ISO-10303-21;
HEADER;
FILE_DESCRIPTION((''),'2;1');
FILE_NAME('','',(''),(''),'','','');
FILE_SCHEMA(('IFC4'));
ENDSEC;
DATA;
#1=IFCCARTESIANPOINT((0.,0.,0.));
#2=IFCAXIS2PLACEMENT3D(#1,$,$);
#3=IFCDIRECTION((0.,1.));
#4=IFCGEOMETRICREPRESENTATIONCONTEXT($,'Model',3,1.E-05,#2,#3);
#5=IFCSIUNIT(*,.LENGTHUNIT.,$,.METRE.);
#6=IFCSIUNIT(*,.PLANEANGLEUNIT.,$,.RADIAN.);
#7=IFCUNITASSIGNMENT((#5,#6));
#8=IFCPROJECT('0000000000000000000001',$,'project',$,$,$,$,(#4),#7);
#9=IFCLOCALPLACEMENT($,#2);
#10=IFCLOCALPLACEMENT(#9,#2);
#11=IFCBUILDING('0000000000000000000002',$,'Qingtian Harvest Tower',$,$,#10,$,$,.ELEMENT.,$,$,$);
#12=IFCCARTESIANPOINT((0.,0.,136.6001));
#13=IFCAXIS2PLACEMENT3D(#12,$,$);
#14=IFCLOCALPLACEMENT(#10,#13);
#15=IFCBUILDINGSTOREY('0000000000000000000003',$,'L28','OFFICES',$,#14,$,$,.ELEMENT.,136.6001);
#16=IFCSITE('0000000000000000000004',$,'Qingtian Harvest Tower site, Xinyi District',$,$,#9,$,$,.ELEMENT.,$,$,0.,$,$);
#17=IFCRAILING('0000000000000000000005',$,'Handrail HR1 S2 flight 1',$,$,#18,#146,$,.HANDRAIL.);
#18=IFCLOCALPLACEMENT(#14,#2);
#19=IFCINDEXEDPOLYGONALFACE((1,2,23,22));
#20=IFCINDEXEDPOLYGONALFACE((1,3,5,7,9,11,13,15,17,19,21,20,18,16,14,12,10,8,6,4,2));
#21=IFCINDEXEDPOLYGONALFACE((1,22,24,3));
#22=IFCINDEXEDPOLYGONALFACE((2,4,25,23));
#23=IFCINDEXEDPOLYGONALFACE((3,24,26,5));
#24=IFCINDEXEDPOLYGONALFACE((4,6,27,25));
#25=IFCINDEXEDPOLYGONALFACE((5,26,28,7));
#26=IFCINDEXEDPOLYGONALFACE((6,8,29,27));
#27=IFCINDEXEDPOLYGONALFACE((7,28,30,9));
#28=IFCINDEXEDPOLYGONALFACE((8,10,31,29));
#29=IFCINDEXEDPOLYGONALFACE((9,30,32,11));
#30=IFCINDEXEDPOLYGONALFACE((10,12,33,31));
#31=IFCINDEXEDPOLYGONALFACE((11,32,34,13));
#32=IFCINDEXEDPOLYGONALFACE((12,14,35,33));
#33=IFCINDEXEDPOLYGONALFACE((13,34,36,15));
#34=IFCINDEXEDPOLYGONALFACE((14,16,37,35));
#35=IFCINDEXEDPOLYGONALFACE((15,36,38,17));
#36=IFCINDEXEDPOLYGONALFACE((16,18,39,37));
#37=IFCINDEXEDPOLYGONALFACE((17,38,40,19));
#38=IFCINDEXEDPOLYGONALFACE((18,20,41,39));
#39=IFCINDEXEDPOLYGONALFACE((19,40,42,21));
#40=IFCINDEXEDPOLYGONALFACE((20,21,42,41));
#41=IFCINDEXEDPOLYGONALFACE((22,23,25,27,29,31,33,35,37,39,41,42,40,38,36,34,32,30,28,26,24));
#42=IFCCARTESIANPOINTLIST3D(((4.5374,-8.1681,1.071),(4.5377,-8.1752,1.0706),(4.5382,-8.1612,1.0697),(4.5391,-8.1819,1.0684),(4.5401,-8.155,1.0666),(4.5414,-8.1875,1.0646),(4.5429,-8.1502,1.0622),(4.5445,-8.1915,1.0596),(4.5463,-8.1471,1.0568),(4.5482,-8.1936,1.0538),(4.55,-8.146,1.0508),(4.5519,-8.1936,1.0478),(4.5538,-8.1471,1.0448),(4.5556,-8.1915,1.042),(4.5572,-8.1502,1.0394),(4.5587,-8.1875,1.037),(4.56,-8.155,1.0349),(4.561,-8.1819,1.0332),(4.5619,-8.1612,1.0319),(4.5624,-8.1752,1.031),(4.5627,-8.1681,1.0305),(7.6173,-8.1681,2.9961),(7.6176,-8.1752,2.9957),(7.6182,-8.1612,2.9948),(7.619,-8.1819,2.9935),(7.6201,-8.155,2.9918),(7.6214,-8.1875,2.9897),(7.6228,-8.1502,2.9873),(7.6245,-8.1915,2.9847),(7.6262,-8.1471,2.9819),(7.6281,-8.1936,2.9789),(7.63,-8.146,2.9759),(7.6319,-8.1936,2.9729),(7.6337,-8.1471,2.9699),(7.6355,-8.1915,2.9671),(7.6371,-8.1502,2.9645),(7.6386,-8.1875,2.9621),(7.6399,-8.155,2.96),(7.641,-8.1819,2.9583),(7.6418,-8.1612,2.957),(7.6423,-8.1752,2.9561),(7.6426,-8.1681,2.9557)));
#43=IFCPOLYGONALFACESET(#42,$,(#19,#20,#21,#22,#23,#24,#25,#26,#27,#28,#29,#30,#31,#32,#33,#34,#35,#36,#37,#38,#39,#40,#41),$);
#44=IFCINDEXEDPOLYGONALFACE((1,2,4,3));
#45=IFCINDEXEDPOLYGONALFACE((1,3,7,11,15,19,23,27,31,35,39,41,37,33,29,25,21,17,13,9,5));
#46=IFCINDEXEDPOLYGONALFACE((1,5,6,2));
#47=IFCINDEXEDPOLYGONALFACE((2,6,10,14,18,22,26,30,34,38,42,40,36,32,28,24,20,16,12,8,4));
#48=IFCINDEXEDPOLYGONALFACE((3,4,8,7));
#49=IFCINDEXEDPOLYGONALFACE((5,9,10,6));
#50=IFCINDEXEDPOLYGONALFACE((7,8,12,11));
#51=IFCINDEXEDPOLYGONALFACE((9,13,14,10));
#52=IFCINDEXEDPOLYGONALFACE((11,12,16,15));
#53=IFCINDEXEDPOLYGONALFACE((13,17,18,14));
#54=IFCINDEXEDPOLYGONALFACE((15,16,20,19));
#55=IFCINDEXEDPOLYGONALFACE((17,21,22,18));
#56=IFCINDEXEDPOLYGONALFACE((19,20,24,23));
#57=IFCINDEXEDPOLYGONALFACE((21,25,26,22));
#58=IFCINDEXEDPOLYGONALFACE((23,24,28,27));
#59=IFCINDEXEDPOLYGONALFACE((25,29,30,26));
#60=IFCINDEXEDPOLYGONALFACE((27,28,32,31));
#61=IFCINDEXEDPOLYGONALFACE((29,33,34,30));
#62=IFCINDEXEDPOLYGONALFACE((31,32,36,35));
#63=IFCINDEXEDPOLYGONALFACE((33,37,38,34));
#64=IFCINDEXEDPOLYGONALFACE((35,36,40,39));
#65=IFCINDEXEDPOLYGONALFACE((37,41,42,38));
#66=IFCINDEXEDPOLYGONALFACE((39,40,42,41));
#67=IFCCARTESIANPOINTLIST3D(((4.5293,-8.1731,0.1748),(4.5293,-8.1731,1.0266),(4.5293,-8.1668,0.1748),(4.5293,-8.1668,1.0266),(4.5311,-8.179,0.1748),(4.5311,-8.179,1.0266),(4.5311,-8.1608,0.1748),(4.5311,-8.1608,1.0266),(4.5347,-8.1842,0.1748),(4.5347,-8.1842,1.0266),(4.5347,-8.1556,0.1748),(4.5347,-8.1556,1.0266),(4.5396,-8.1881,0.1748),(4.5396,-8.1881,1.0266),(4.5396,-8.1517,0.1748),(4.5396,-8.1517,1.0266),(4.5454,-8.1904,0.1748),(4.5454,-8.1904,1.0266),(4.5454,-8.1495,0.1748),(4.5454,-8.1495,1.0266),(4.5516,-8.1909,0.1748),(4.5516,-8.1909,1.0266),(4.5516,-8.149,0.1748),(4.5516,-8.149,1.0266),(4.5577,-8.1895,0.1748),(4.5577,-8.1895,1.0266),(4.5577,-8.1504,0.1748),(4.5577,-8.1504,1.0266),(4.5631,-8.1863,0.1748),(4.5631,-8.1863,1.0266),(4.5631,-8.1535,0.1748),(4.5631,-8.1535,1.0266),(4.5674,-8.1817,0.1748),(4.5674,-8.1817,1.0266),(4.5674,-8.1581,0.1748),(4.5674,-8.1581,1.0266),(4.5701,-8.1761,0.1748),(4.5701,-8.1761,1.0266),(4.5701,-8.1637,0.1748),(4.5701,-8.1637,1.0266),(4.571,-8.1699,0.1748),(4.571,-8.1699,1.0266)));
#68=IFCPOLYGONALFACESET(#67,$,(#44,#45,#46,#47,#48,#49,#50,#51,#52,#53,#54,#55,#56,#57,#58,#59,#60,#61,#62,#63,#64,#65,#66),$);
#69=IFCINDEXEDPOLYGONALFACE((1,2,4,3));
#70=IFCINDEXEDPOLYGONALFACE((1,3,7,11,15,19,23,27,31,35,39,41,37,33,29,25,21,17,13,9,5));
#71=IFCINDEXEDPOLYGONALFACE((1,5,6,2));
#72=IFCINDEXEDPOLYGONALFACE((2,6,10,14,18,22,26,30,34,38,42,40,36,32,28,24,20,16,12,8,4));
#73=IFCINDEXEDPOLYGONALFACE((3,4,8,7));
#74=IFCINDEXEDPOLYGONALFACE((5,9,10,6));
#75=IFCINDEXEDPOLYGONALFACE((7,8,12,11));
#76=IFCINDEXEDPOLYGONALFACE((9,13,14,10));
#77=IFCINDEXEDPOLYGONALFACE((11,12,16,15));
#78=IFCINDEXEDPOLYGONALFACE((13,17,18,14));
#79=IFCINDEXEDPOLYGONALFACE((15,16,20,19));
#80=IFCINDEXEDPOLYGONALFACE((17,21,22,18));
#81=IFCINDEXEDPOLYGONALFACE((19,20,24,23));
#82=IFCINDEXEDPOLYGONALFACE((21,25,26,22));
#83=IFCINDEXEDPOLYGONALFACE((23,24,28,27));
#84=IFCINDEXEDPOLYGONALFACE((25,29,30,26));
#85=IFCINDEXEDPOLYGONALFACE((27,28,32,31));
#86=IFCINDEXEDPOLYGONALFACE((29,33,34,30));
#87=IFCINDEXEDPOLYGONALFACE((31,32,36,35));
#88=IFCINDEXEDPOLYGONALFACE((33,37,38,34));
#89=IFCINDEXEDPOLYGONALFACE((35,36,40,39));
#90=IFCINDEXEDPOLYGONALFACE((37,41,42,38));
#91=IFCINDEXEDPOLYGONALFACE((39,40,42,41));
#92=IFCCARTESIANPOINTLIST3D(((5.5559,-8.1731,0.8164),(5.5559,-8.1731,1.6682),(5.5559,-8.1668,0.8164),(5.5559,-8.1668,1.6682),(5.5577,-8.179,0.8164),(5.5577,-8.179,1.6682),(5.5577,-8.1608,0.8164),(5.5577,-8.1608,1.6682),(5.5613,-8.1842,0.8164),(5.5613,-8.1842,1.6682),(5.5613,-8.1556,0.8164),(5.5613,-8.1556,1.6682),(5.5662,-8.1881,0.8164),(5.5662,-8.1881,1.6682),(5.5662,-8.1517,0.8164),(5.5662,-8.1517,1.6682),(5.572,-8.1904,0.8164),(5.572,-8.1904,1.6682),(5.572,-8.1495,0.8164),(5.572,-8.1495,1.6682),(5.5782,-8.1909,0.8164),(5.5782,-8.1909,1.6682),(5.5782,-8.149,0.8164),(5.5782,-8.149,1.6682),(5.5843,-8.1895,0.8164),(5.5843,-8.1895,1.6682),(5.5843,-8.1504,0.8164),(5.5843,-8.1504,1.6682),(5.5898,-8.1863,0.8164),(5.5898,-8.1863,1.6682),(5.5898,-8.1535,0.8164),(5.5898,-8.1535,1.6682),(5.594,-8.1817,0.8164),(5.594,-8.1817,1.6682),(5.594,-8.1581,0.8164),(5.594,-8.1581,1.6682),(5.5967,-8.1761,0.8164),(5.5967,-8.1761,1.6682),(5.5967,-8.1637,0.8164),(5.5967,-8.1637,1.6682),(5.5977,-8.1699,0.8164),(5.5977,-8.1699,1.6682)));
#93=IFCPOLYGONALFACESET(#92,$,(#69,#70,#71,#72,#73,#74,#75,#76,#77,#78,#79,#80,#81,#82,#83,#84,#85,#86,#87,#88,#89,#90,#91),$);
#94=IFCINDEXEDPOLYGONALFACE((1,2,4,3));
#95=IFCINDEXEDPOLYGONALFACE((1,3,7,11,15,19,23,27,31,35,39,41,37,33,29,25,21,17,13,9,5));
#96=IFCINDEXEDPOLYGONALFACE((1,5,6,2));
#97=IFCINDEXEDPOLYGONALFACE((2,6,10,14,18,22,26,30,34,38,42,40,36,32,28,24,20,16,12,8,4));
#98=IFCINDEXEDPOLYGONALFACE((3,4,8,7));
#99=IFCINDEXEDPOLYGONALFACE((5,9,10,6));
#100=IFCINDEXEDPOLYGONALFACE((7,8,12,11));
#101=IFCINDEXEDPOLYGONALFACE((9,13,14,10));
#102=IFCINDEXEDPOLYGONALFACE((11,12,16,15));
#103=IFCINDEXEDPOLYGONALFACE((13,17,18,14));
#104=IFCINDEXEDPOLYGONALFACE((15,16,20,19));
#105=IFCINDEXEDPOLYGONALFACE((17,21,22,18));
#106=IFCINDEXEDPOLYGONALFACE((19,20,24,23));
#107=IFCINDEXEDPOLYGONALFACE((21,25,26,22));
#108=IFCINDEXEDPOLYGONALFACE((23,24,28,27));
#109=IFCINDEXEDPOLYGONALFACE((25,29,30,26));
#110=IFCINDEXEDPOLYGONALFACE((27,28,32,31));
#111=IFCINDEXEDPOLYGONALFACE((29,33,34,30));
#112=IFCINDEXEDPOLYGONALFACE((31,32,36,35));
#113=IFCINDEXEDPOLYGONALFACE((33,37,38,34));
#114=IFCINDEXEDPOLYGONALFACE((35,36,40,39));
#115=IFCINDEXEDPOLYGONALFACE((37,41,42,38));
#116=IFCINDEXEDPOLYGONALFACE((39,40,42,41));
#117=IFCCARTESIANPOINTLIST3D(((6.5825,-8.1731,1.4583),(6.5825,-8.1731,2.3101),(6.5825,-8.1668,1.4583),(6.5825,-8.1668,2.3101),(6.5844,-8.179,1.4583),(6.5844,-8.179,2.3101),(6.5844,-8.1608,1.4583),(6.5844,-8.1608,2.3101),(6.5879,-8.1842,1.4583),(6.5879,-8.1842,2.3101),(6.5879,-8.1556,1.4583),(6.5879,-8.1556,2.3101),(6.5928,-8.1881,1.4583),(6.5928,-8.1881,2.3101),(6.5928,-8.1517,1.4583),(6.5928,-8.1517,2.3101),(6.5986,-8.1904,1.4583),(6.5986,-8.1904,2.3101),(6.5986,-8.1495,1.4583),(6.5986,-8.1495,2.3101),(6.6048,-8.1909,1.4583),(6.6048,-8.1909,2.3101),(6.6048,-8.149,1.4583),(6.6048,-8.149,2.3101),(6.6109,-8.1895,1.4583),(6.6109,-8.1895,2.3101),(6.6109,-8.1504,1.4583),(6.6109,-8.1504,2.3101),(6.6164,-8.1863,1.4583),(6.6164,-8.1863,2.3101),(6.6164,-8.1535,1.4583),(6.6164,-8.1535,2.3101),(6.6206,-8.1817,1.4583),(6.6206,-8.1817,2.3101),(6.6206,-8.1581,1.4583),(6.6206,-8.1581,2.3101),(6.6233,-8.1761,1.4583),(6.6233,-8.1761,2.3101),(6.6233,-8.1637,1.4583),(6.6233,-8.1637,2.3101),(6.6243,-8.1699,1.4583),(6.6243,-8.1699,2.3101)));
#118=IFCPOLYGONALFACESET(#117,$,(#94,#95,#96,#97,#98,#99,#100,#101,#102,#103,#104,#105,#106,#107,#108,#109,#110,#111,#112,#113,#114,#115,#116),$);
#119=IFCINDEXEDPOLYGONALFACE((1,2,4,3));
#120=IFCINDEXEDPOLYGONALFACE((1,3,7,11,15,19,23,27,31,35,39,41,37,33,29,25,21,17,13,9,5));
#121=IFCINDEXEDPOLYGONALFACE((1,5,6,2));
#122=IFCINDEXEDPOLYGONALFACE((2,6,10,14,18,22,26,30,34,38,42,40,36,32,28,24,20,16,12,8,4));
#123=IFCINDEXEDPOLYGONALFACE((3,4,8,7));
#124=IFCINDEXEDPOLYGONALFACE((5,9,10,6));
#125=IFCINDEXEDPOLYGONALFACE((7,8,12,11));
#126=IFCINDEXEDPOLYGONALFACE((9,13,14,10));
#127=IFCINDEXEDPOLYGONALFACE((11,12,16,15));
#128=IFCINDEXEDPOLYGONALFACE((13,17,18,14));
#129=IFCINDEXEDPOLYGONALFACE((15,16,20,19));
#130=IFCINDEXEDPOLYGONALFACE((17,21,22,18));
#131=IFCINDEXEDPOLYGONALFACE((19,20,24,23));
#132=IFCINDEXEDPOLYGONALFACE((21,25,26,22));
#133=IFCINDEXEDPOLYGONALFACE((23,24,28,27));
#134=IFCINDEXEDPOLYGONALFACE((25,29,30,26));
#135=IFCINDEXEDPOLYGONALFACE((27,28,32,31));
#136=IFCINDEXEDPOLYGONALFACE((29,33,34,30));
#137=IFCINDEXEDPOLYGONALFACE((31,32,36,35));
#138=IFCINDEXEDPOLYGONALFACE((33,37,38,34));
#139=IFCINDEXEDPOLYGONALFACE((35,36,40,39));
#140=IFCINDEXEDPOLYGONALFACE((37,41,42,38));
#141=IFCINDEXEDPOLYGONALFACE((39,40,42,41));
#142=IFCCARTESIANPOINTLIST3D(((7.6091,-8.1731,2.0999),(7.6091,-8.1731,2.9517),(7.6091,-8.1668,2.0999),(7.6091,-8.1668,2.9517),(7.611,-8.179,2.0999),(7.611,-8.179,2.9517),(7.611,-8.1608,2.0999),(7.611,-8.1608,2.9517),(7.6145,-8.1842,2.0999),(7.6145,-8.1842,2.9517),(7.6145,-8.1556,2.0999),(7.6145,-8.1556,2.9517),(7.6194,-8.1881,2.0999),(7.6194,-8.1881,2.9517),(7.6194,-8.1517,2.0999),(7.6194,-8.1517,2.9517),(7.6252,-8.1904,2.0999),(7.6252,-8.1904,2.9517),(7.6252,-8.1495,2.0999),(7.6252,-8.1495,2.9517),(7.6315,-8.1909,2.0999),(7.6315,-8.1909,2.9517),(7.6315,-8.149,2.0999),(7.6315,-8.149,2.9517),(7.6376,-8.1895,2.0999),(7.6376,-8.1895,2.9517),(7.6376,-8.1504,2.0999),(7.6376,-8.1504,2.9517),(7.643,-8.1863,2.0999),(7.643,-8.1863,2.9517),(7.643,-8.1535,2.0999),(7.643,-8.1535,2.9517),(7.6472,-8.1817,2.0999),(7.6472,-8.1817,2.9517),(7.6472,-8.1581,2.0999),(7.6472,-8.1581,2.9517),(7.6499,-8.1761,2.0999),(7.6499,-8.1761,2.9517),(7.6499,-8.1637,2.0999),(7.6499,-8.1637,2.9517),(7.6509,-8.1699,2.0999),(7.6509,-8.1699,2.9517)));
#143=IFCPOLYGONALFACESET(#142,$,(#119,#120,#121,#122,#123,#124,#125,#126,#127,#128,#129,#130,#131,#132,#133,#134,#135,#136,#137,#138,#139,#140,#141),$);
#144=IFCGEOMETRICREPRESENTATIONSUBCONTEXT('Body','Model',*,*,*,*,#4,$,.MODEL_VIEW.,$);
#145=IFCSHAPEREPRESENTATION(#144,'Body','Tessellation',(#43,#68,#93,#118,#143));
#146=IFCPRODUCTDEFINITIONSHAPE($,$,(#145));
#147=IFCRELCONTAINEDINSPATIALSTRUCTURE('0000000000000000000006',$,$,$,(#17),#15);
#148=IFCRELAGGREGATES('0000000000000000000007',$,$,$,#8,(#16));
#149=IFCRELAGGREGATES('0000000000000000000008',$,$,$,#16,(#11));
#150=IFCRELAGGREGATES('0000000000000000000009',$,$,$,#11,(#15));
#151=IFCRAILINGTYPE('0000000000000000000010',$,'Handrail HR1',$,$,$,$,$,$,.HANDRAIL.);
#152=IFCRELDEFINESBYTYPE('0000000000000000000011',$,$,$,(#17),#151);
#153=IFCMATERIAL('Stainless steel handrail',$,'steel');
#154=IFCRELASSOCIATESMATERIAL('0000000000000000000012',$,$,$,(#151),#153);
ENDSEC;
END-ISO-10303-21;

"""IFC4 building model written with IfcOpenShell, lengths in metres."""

from ifc_helpers import new_model, si_unit, direction, frame, origin, origin_2d, place, context, subcontext, project, spatial, circle, extrude, material, type_object, element, save


model = new_model("IFC4")

# Units and contexts
model_context = context("Model", 3, precision=1e-05, world=origin(), true_north=direction((0.0, 1.0)))
body_context = subcontext(model_context, "Body", "Model", "MODEL_VIEW")
ifc_project = project(units=[si_unit("LENGTHUNIT", "METRE"), si_unit("PLANEANGLEUNIT", "RADIAN")], contexts=[model_context])

# Site, building, storey
site_placement = place(None, origin())
site = spatial("IfcSite", under=ifc_project, at=site_placement, Name="Qingtian Harvest Tower site, Xinyi District", CompositionType="ELEMENT", RefElevation=0.0)
building_placement = place(site_placement, origin())
building = spatial("IfcBuilding", under=site, at=building_placement, Name="Qingtian Harvest Tower", CompositionType="ELEMENT")
storey_placement = place(building_placement, frame((0.0, 0.0, 136.6001)))
storey = spatial("IfcBuildingStorey", under=building, at=storey_placement, Name="L28", Description="OFFICES", CompositionType="ELEMENT", Elevation=136.6001)

# Railing
ifc_material_1 = material(Name="Stainless steel handrail", Category="steel")
railing_type = type_object("IfcRailingType", Name="Handrail HR1", PredefinedType="HANDRAIL", material=ifc_material_1)
railing_1_placement = place(storey_placement, frame((4.55, -8.1699, 0.1748)))
element("IfcRailing", 1, at=railing_1_placement, inside=storey, type_object=railing_type, Name="Handrail HR1 S2 flight 1", PredefinedType="HANDRAIL", context=body_context, shape_type="SweptSolid", body=[
    extrude(circle(Radius=0.0239, at=origin_2d()), frame((0.0, 0.0, 0.876), z_axis=(0.847979, 0.0, 0.530029), x_axis=(0.0, 1.0, 0.0)), (0.0, 0.0, 1.0), 3.6321),
    extrude(circle(Radius=0.021, at=origin_2d()), origin(), (0.0, 0.0, 1.0), 0.8518),
    extrude(circle(Radius=0.021, at=origin_2d()), frame((1.0266, 0.0, 0.6416)), (0.0, 0.0, 1.0), 0.8518),
    extrude(circle(Radius=0.021, at=origin_2d()), frame((2.0532, 0.0, 1.2834)), (0.0, 0.0, 1.0), 0.8518),
    extrude(circle(Radius=0.021, at=origin_2d()), frame((3.0798, 0.0, 1.925)), (0.0, 0.0, 1.0), 0.8518),
])

save(model, "model.ifc")
